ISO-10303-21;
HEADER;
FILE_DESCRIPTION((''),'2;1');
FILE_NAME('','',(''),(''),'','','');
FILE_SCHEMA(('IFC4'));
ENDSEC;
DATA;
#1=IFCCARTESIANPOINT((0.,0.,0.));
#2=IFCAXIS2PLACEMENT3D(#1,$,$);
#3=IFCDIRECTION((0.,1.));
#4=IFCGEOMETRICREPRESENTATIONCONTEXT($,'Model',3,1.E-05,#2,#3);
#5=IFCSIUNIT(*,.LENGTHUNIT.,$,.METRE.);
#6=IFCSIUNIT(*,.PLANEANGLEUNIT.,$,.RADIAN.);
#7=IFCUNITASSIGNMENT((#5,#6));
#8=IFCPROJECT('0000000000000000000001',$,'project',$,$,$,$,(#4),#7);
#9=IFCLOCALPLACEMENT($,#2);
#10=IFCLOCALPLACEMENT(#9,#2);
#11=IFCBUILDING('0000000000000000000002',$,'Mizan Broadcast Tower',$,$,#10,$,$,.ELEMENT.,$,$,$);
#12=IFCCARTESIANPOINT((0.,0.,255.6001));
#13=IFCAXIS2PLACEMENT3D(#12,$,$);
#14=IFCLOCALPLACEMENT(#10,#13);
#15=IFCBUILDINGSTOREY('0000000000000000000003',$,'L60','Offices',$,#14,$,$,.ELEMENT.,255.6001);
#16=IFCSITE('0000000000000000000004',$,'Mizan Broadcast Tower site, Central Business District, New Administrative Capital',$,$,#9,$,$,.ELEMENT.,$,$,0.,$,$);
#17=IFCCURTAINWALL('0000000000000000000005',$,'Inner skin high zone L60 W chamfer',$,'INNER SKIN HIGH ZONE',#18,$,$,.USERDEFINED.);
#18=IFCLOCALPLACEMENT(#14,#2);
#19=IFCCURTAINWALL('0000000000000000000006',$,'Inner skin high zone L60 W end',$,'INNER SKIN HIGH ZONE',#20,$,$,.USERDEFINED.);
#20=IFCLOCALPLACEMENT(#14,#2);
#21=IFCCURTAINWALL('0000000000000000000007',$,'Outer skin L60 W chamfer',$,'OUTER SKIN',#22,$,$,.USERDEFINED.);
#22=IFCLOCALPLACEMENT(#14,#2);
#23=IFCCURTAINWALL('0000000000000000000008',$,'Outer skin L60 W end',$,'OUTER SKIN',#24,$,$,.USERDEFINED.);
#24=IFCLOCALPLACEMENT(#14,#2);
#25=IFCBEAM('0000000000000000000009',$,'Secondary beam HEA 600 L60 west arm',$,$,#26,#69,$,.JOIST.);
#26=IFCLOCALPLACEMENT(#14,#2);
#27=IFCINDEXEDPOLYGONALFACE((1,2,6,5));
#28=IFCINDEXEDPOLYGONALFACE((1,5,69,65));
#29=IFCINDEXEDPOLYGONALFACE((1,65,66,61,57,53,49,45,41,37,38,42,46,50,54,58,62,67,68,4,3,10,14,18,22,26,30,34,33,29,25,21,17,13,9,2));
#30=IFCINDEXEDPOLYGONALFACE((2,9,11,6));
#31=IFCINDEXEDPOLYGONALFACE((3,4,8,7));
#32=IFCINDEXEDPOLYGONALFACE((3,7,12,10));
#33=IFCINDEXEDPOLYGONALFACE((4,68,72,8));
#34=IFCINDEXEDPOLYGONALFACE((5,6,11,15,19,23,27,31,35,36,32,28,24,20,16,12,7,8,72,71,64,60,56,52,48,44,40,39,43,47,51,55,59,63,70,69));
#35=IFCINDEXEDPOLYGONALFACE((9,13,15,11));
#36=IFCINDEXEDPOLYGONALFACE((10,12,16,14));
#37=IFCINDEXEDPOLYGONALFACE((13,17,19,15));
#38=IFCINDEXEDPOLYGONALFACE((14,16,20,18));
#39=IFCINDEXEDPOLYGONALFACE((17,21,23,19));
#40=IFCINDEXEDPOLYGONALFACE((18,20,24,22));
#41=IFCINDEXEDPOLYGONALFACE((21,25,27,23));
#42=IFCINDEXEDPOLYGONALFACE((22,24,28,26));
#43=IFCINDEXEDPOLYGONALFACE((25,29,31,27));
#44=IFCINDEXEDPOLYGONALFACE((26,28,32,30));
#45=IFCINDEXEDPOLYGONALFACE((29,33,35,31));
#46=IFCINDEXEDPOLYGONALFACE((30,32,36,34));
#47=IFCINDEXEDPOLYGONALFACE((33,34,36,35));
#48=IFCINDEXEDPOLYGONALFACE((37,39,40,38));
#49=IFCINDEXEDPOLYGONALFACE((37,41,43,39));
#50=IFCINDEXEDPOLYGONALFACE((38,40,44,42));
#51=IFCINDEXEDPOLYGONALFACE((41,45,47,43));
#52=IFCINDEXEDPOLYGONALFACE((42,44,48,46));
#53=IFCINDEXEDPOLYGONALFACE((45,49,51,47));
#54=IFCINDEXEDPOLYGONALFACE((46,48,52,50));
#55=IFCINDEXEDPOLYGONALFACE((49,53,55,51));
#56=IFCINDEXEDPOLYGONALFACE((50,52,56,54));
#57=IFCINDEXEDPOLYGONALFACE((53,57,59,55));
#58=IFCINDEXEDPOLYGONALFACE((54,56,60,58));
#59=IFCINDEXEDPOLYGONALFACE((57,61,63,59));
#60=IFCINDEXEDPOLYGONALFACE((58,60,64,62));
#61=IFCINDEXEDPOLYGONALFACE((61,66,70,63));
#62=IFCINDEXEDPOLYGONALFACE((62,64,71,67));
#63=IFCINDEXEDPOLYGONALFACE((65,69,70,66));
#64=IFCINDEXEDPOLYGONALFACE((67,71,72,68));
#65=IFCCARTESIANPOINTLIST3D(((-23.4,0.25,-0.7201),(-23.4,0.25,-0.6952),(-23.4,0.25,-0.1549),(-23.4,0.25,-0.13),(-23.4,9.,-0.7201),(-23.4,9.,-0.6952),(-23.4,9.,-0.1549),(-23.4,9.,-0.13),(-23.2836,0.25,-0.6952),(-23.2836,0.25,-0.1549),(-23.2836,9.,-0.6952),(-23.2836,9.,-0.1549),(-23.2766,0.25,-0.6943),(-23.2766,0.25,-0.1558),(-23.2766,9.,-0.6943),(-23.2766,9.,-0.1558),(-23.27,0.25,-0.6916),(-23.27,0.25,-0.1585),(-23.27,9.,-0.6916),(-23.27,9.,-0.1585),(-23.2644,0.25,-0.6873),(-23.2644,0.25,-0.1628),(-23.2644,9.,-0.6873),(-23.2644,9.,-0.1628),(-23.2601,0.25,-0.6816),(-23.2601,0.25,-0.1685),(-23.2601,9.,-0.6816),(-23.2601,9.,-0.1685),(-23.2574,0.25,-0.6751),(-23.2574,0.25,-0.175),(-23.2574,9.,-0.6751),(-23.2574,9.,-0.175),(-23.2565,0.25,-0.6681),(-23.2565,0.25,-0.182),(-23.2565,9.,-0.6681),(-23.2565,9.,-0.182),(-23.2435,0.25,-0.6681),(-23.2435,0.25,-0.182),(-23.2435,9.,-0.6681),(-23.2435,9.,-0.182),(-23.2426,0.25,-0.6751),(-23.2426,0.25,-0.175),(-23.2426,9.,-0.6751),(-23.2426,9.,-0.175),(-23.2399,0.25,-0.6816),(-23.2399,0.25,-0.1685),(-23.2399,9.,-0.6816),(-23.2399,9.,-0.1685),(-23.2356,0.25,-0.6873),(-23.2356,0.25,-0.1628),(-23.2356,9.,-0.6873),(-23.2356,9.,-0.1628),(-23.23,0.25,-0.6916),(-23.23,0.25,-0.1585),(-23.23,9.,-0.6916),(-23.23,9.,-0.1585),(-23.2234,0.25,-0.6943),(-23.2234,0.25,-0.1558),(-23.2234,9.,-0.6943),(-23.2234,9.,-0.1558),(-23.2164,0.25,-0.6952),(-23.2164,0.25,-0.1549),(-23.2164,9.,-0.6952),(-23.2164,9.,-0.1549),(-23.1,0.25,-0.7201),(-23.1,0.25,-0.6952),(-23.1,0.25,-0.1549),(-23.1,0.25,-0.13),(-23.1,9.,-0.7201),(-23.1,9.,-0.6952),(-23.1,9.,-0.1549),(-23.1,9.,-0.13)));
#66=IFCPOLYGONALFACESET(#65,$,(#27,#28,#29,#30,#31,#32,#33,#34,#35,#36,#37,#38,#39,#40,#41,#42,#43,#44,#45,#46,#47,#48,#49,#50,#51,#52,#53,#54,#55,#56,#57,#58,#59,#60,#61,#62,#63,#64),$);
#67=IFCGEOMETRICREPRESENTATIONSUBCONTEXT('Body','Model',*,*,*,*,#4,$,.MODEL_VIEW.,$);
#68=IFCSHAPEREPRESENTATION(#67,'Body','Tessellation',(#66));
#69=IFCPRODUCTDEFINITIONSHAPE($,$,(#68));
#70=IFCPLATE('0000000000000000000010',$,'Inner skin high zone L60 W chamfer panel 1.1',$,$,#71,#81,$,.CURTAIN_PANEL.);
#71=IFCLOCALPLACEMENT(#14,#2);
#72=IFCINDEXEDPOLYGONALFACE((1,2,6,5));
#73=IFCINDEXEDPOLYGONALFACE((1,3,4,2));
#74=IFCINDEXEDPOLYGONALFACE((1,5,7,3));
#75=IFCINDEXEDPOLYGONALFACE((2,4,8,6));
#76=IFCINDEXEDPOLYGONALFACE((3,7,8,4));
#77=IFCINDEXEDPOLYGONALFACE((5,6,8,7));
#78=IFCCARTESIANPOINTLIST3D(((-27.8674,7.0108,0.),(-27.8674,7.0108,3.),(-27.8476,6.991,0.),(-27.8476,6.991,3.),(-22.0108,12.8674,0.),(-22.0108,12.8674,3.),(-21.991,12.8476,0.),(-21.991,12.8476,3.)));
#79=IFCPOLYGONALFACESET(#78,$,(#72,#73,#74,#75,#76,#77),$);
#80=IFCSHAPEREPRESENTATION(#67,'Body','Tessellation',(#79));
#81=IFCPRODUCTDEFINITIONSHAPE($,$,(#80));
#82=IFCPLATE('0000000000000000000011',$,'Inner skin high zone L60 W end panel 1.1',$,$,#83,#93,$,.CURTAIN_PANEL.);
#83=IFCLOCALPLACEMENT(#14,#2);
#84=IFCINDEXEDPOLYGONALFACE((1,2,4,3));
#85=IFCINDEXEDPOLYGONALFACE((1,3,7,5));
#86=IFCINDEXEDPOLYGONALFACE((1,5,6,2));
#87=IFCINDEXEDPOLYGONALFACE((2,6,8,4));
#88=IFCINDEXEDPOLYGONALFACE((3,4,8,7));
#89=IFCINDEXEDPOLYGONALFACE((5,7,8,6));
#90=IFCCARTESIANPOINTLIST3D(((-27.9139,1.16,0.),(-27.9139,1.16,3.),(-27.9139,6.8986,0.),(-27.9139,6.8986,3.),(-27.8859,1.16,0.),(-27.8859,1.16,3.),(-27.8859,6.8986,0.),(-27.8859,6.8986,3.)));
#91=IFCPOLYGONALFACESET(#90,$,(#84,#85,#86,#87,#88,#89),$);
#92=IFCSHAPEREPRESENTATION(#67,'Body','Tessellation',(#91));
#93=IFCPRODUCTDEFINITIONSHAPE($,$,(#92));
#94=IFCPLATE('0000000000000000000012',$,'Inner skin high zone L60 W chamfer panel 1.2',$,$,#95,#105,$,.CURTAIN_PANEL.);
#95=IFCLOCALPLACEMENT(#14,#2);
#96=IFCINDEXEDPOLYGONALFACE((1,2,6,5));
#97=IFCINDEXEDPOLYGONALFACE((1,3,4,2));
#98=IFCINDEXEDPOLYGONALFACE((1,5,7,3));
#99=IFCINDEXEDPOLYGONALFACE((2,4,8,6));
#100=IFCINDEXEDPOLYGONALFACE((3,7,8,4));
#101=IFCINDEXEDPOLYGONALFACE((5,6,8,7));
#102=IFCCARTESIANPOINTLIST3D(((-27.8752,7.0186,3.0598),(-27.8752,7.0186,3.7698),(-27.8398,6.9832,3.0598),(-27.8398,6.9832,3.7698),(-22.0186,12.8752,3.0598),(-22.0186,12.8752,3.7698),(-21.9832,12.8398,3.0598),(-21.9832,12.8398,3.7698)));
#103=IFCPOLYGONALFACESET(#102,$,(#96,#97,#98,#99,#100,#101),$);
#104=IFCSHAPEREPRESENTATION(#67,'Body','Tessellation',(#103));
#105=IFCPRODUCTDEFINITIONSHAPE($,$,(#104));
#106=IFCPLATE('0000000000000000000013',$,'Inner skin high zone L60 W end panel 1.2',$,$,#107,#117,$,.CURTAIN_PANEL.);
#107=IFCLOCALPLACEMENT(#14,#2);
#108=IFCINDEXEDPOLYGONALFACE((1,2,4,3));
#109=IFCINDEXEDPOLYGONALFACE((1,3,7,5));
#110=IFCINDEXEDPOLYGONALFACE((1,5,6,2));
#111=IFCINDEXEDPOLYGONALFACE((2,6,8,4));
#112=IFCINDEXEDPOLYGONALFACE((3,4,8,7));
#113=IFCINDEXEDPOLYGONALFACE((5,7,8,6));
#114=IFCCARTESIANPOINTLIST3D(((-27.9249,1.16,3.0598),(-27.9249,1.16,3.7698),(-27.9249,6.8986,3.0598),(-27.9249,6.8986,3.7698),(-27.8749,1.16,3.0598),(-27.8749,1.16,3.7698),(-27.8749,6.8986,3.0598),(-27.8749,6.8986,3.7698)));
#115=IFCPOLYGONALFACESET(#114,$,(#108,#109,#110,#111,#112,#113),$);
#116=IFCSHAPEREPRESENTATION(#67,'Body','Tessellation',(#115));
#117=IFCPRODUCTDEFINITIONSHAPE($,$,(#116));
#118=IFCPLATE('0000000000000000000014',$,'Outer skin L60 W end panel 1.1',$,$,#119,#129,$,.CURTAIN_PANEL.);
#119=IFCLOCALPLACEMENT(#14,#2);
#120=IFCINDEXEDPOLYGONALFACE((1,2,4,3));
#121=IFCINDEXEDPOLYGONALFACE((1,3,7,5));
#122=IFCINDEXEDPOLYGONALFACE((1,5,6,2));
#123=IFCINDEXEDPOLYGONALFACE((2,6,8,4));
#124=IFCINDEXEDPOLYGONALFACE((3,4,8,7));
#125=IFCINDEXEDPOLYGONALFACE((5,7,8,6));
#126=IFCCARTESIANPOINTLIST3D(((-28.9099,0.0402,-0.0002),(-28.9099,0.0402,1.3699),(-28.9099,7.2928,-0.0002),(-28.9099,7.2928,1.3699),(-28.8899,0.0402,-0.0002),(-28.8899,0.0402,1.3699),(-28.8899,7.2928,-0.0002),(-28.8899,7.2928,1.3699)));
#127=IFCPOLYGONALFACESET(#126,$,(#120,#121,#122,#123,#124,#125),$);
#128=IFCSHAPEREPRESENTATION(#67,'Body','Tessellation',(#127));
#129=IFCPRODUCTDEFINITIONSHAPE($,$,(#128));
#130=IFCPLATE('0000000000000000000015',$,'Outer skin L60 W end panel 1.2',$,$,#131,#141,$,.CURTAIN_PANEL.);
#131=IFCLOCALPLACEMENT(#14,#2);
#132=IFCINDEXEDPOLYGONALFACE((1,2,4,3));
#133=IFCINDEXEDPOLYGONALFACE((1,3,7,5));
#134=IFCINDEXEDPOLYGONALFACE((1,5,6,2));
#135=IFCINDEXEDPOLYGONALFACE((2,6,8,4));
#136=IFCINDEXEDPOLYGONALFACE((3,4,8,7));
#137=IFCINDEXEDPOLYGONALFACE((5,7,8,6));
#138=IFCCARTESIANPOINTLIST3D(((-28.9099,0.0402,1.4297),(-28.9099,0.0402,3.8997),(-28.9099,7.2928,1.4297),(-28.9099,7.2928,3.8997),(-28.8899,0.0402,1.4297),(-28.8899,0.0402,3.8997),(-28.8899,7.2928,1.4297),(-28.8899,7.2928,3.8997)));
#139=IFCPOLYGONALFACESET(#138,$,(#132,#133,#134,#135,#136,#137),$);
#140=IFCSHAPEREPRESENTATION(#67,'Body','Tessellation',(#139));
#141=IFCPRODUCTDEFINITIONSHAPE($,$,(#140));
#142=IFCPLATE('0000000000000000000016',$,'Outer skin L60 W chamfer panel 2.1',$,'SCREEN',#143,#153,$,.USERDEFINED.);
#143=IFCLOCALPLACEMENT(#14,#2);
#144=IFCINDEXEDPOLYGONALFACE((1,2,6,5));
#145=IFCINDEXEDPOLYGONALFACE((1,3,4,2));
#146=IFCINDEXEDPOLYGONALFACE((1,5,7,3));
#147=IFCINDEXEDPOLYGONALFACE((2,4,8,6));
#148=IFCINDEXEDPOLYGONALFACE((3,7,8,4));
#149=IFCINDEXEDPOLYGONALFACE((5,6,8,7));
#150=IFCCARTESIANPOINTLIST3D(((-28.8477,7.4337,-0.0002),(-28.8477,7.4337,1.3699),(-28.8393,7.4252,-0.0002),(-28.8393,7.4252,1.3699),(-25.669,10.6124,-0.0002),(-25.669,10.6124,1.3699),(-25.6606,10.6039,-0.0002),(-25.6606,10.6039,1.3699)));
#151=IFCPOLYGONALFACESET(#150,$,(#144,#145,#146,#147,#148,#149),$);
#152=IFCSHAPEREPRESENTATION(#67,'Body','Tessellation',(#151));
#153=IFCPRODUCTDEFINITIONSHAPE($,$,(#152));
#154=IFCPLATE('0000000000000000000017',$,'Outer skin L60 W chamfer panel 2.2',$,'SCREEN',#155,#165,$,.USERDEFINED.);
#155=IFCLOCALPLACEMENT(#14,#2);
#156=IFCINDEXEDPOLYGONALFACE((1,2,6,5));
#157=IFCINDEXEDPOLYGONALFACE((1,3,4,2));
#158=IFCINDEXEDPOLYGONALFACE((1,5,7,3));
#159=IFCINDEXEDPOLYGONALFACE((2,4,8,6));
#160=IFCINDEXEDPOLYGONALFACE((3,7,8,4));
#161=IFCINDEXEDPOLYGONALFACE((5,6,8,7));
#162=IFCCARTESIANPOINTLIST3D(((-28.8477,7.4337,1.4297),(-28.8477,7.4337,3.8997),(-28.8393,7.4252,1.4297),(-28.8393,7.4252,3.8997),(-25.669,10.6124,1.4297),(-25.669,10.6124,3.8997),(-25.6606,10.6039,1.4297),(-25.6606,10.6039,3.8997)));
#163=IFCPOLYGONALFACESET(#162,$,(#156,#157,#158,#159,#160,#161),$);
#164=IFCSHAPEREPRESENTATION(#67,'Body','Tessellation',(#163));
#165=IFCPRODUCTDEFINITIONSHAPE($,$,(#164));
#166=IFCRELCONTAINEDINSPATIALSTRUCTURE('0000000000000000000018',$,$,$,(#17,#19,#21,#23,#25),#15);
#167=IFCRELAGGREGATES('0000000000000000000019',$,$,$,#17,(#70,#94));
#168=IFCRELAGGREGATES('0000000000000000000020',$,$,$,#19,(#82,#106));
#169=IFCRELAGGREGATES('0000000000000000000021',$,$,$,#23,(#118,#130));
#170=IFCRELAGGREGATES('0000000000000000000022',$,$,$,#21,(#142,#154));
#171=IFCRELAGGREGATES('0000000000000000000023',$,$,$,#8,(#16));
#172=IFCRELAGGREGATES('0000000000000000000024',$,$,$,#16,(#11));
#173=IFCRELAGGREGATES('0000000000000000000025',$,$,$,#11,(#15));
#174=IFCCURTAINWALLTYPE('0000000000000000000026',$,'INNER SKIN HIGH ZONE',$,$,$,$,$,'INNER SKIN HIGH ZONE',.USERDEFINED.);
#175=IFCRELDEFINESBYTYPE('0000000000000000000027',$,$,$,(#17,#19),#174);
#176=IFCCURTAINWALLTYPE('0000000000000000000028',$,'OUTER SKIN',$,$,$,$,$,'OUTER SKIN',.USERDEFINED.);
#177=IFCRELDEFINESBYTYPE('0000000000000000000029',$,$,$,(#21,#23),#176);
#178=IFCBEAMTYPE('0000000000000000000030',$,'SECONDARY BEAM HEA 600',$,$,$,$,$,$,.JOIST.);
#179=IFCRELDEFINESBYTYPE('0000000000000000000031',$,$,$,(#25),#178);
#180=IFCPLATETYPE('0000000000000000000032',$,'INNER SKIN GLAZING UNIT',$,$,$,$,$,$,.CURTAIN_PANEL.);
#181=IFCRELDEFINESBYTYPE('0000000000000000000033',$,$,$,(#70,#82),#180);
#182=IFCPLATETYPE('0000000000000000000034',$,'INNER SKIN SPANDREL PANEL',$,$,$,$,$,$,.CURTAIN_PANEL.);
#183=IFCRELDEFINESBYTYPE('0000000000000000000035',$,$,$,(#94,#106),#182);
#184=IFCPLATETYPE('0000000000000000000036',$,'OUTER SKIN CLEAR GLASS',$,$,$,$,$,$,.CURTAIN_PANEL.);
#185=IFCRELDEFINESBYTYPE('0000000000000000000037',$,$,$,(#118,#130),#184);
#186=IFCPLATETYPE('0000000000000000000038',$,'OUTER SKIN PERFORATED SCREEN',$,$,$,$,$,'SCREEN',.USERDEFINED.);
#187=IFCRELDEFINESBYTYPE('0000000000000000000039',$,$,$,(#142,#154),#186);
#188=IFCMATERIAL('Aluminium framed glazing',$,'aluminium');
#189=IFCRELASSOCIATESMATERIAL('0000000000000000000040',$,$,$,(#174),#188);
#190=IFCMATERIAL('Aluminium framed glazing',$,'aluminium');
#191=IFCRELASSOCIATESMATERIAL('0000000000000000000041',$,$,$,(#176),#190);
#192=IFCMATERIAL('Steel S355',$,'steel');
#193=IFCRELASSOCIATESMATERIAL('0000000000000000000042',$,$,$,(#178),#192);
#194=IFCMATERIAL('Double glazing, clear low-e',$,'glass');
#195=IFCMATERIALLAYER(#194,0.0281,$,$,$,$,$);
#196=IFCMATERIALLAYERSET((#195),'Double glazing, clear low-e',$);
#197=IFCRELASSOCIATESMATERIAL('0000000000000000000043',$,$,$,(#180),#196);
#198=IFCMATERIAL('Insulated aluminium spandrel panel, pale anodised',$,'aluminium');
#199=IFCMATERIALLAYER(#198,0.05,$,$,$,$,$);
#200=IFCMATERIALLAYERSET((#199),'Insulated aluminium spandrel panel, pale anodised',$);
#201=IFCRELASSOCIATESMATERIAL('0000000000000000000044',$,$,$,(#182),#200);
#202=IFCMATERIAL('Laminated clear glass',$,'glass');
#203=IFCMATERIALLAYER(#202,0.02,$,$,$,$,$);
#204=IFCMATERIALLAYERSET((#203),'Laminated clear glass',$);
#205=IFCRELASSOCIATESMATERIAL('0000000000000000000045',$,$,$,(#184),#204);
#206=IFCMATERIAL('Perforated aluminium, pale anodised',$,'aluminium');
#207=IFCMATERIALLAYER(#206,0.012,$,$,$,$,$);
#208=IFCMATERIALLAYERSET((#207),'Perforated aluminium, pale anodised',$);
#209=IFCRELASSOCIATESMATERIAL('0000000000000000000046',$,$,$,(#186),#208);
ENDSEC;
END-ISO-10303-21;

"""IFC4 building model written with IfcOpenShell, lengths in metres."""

from ifc_helpers import new_model, si_unit, direction, frame, origin, origin_2d, place, context, subcontext, project, spatial, rectangle, i_section, extrude, material, layer, layer_set, material_profile, profile_set, type_object, element, aggregate, save


model = new_model("IFC4")

# Units and contexts
model_context = context("Model", 3, precision=1e-05, world=origin(), true_north=direction((0.0, 1.0)))
body_context = subcontext(model_context, "Body", "Model", "MODEL_VIEW")
ifc_project = project(units=[si_unit("LENGTHUNIT", "METRE"), si_unit("PLANEANGLEUNIT", "RADIAN")], contexts=[model_context])

# Site, building, storey
site_placement = place(None, origin())
site = spatial("IfcSite", under=ifc_project, at=site_placement, Name="Mizan Broadcast Tower site, Central Business District, New Administrative Capital", CompositionType="ELEMENT", RefElevation=0.0)
building_placement = place(site_placement, origin())
building = spatial("IfcBuilding", under=site, at=building_placement, Name="Mizan Broadcast Tower", CompositionType="ELEMENT")
storey_placement = place(building_placement, frame((0.0, 0.0, 255.6001)))
storey = spatial("IfcBuildingStorey", under=building, at=storey_placement, Name="L60", Description="Offices", CompositionType="ELEMENT", Elevation=255.6001)

# Curtain wall
ifc_material_1 = material(Name="Aluminium framed glazing", Category="aluminium")
curtain_wall_type_1 = type_object("IfcCurtainWallType", Name="INNER SKIN HIGH ZONE", ElementType="INNER SKIN HIGH ZONE", PredefinedType="USERDEFINED", material=ifc_material_1)
curtain_wall_1_placement = place(storey_placement, origin())
curtain_wall_1 = element("IfcCurtainWall", 1, at=curtain_wall_1_placement, inside=storey, type_object=curtain_wall_type_1, Name="Inner skin high zone L60 W chamfer", ObjectType="INNER SKIN HIGH ZONE", PredefinedType="USERDEFINED")

# Curtain walls
curtain_wall_2_placement = place(storey_placement, origin())
curtain_wall_2 = element("IfcCurtainWall", 2, at=curtain_wall_2_placement, inside=storey, type_object=curtain_wall_type_1, Name="Inner skin high zone L60 W end", ObjectType="INNER SKIN HIGH ZONE", PredefinedType="USERDEFINED")
ifc_material_2 = material(Name="Aluminium framed glazing", Category="aluminium")
curtain_wall_type_2 = type_object("IfcCurtainWallType", Name="OUTER SKIN", ElementType="OUTER SKIN", PredefinedType="USERDEFINED", material=ifc_material_2)
curtain_wall_3_placement = place(storey_placement, origin())
curtain_wall_3 = element("IfcCurtainWall", 3, at=curtain_wall_3_placement, inside=storey, type_object=curtain_wall_type_2, Name="Outer skin L60 W chamfer", ObjectType="OUTER SKIN", PredefinedType="USERDEFINED")

# Curtain wall
curtain_wall_4_placement = place(storey_placement, origin())
curtain_wall_4 = element("IfcCurtainWall", 4, at=curtain_wall_4_placement, inside=storey, type_object=curtain_wall_type_2, Name="Outer skin L60 W end", ObjectType="OUTER SKIN", PredefinedType="USERDEFINED")

# Beam
ifc_material_3 = material(Name="Steel S355", Category="steel")
ifc_material_profile_1 = material_profile(ifc_material_3, i_section(OverallWidth=0.3, OverallDepth=0.5901, WebThickness=0.0129, FlangeThickness=0.0249, FilletRadius=0.0271, at=origin_2d()), Name="HEA 600")
ifc_profile_set_1 = profile_set([ifc_material_profile_1], Name="Steel S355")
beam_type_1 = type_object("IfcBeamType", Name="SECONDARY BEAM HEA 600", PredefinedType="JOIST", material=ifc_profile_set_1)
beam_1_placement = place(storey_placement, frame((-23.25, 9.0, -0.425), z_axis=(0.0, -1.0, 0.0), x_axis=(1.0, 0.0, 0.0)))
element("IfcBeam", 5, at=beam_1_placement, inside=storey, type_object=beam_type_1, Name="Secondary beam HEA 600 L60 west arm", PredefinedType="JOIST", context=body_context, shape_type="SweptSolid", body=[
    extrude(i_section(OverallWidth=0.3, OverallDepth=0.5901, WebThickness=0.0129, FlangeThickness=0.0249, FilletRadius=0.0271, at=origin_2d()), origin(), (0.0, 0.0, 1.0), 8.75),
])

# Plates
ifc_material_4 = material(Name="Double glazing, clear low-e", Category="glass")
ifc_layer_1 = layer(ifc_material_4, 0.0281)
ifc_layer_set_1 = layer_set([ifc_layer_1], Name="Double glazing, clear low-e")
plate_type_1 = type_object("IfcPlateType", Name="INNER SKIN GLAZING UNIT", PredefinedType="CURTAIN_PANEL", material=ifc_layer_set_1)
plate_1_placement = place(storey_placement, frame((-24.9292, 9.9292, 0.0), z_axis=(0.0, 0.0, 1.0), x_axis=(-0.707107, -0.707107, 0.0)))
plate_1 = element("IfcPlate", 6, at=plate_1_placement, type_object=plate_type_1, Name="Inner skin high zone L60 W chamfer panel 1.1", PredefinedType="CURTAIN_PANEL", context=body_context, shape_type="SweptSolid", body=[
    extrude(rectangle(XDim=8.2825, YDim=0.0281, at=origin_2d()), origin(), (0.0, 0.0, 1.0), 3.0),
])
plate_2_placement = place(storey_placement, frame((-27.8999, 4.0293, 0.0), z_axis=(0.0, 0.0, 1.0), x_axis=(0.0, -1.0, 0.0)))
plate_2 = element("IfcPlate", 7, at=plate_2_placement, type_object=plate_type_1, Name="Inner skin high zone L60 W end panel 1.1", PredefinedType="CURTAIN_PANEL", context=body_context, shape_type="SweptSolid", body=[
    extrude(rectangle(XDim=5.7385, YDim=0.0281, at=origin_2d()), origin(), (0.0, 0.0, 1.0), 3.0),
])
ifc_material_5 = material(Name="Insulated aluminium spandrel panel, pale anodised", Category="aluminium")
ifc_layer_2 = layer(ifc_material_5, 0.05)
ifc_layer_set_2 = layer_set([ifc_layer_2], Name="Insulated aluminium spandrel panel, pale anodised")
plate_type_2 = type_object("IfcPlateType", Name="INNER SKIN SPANDREL PANEL", PredefinedType="CURTAIN_PANEL", material=ifc_layer_set_2)
plate_3_placement = place(storey_placement, frame((-24.9292, 9.9292, 3.0598), z_axis=(0.0, 0.0, 1.0), x_axis=(-0.707107, -0.707107, 0.0)))
plate_3 = element("IfcPlate", 8, at=plate_3_placement, type_object=plate_type_2, Name="Inner skin high zone L60 W chamfer panel 1.2", PredefinedType="CURTAIN_PANEL", context=body_context, shape_type="SweptSolid", body=[
    extrude(rectangle(XDim=8.2825, YDim=0.05, at=origin_2d()), origin(), (0.0, 0.0, 1.0), 0.71),
])
aggregate(curtain_wall_1, [plate_1, plate_3])
plate_4_placement = place(storey_placement, frame((-27.8999, 4.0293, 3.0598), z_axis=(0.0, 0.0, 1.0), x_axis=(0.0, -1.0, 0.0)))
plate_4 = element("IfcPlate", 9, at=plate_4_placement, type_object=plate_type_2, Name="Inner skin high zone L60 W end panel 1.2", PredefinedType="CURTAIN_PANEL", context=body_context, shape_type="SweptSolid", body=[
    extrude(rectangle(XDim=5.7385, YDim=0.05, at=origin_2d()), origin(), (0.0, 0.0, 1.0), 0.71),
])
aggregate(curtain_wall_2, [plate_2, plate_4])
ifc_material_6 = material(Name="Laminated clear glass", Category="glass")
ifc_layer_3 = layer(ifc_material_6, 0.02)
ifc_layer_set_3 = layer_set([ifc_layer_3], Name="Laminated clear glass")
plate_type_3 = type_object("IfcPlateType", Name="OUTER SKIN CLEAR GLASS", PredefinedType="CURTAIN_PANEL", material=ifc_layer_set_3)
plate_5_placement = place(storey_placement, frame((-28.8999, 3.6665, -0.0002), z_axis=(0.0, 0.0, 1.0), x_axis=(0.0, -1.0, 0.0)))
plate_5 = element("IfcPlate", 10, at=plate_5_placement, type_object=plate_type_3, Name="Outer skin L60 W end panel 1.1", PredefinedType="CURTAIN_PANEL", context=body_context, shape_type="SweptSolid", body=[
    extrude(rectangle(XDim=7.2527, YDim=0.02, at=origin_2d()), origin(), (0.0, 0.0, 1.0), 1.3701),
])
plate_6_placement = place(storey_placement, frame((-28.8999, 3.6665, 1.4297), z_axis=(0.0, 0.0, 1.0), x_axis=(0.0, -1.0, 0.0)))
plate_6 = element("IfcPlate", 11, at=plate_6_placement, type_object=plate_type_3, Name="Outer skin L60 W end panel 1.2", PredefinedType="CURTAIN_PANEL", context=body_context, shape_type="SweptSolid", body=[
    extrude(rectangle(XDim=7.2527, YDim=0.02, at=origin_2d()), origin(), (0.0, 0.0, 1.0), 2.47),
])
aggregate(curtain_wall_4, [plate_5, plate_6])
ifc_material_7 = material(Name="Perforated aluminium, pale anodised", Category="aluminium")
ifc_layer_4 = layer(ifc_material_7, 0.012)
ifc_layer_set_4 = layer_set([ifc_layer_4], Name="Perforated aluminium, pale anodised")
plate_type_4 = type_object("IfcPlateType", Name="OUTER SKIN PERFORATED SCREEN", ElementType="SCREEN", PredefinedType="USERDEFINED", material=ifc_layer_set_4)
plate_7_placement = place(storey_placement, frame((-27.2542, 9.0188, -0.0002), z_axis=(0.0, 0.0, 1.0), x_axis=(-0.707107, -0.707107, 0.0)))
plate_7 = element("IfcPlate", 12, at=plate_7_placement, type_object=plate_type_4, Name="Outer skin L60 W chamfer panel 2.1", ObjectType="SCREEN", PredefinedType="USERDEFINED", context=body_context, shape_type="SweptSolid", body=[
    extrude(rectangle(XDim=4.4954, YDim=0.012, at=origin_2d()), origin(), (0.0, 0.0, 1.0), 1.3701),
])
plate_8_placement = place(storey_placement, frame((-27.2542, 9.0188, 1.4297), z_axis=(0.0, 0.0, 1.0), x_axis=(-0.707107, -0.707107, 0.0)))
plate_8 = element("IfcPlate", 13, at=plate_8_placement, type_object=plate_type_4, Name="Outer skin L60 W chamfer panel 2.2", ObjectType="SCREEN", PredefinedType="USERDEFINED", context=body_context, shape_type="SweptSolid", body=[
    extrude(rectangle(XDim=4.4954, YDim=0.012, at=origin_2d()), origin(), (0.0, 0.0, 1.0), 2.47),
])
aggregate(curtain_wall_3, [plate_7, plate_8])

save(model, "model.ifc")
